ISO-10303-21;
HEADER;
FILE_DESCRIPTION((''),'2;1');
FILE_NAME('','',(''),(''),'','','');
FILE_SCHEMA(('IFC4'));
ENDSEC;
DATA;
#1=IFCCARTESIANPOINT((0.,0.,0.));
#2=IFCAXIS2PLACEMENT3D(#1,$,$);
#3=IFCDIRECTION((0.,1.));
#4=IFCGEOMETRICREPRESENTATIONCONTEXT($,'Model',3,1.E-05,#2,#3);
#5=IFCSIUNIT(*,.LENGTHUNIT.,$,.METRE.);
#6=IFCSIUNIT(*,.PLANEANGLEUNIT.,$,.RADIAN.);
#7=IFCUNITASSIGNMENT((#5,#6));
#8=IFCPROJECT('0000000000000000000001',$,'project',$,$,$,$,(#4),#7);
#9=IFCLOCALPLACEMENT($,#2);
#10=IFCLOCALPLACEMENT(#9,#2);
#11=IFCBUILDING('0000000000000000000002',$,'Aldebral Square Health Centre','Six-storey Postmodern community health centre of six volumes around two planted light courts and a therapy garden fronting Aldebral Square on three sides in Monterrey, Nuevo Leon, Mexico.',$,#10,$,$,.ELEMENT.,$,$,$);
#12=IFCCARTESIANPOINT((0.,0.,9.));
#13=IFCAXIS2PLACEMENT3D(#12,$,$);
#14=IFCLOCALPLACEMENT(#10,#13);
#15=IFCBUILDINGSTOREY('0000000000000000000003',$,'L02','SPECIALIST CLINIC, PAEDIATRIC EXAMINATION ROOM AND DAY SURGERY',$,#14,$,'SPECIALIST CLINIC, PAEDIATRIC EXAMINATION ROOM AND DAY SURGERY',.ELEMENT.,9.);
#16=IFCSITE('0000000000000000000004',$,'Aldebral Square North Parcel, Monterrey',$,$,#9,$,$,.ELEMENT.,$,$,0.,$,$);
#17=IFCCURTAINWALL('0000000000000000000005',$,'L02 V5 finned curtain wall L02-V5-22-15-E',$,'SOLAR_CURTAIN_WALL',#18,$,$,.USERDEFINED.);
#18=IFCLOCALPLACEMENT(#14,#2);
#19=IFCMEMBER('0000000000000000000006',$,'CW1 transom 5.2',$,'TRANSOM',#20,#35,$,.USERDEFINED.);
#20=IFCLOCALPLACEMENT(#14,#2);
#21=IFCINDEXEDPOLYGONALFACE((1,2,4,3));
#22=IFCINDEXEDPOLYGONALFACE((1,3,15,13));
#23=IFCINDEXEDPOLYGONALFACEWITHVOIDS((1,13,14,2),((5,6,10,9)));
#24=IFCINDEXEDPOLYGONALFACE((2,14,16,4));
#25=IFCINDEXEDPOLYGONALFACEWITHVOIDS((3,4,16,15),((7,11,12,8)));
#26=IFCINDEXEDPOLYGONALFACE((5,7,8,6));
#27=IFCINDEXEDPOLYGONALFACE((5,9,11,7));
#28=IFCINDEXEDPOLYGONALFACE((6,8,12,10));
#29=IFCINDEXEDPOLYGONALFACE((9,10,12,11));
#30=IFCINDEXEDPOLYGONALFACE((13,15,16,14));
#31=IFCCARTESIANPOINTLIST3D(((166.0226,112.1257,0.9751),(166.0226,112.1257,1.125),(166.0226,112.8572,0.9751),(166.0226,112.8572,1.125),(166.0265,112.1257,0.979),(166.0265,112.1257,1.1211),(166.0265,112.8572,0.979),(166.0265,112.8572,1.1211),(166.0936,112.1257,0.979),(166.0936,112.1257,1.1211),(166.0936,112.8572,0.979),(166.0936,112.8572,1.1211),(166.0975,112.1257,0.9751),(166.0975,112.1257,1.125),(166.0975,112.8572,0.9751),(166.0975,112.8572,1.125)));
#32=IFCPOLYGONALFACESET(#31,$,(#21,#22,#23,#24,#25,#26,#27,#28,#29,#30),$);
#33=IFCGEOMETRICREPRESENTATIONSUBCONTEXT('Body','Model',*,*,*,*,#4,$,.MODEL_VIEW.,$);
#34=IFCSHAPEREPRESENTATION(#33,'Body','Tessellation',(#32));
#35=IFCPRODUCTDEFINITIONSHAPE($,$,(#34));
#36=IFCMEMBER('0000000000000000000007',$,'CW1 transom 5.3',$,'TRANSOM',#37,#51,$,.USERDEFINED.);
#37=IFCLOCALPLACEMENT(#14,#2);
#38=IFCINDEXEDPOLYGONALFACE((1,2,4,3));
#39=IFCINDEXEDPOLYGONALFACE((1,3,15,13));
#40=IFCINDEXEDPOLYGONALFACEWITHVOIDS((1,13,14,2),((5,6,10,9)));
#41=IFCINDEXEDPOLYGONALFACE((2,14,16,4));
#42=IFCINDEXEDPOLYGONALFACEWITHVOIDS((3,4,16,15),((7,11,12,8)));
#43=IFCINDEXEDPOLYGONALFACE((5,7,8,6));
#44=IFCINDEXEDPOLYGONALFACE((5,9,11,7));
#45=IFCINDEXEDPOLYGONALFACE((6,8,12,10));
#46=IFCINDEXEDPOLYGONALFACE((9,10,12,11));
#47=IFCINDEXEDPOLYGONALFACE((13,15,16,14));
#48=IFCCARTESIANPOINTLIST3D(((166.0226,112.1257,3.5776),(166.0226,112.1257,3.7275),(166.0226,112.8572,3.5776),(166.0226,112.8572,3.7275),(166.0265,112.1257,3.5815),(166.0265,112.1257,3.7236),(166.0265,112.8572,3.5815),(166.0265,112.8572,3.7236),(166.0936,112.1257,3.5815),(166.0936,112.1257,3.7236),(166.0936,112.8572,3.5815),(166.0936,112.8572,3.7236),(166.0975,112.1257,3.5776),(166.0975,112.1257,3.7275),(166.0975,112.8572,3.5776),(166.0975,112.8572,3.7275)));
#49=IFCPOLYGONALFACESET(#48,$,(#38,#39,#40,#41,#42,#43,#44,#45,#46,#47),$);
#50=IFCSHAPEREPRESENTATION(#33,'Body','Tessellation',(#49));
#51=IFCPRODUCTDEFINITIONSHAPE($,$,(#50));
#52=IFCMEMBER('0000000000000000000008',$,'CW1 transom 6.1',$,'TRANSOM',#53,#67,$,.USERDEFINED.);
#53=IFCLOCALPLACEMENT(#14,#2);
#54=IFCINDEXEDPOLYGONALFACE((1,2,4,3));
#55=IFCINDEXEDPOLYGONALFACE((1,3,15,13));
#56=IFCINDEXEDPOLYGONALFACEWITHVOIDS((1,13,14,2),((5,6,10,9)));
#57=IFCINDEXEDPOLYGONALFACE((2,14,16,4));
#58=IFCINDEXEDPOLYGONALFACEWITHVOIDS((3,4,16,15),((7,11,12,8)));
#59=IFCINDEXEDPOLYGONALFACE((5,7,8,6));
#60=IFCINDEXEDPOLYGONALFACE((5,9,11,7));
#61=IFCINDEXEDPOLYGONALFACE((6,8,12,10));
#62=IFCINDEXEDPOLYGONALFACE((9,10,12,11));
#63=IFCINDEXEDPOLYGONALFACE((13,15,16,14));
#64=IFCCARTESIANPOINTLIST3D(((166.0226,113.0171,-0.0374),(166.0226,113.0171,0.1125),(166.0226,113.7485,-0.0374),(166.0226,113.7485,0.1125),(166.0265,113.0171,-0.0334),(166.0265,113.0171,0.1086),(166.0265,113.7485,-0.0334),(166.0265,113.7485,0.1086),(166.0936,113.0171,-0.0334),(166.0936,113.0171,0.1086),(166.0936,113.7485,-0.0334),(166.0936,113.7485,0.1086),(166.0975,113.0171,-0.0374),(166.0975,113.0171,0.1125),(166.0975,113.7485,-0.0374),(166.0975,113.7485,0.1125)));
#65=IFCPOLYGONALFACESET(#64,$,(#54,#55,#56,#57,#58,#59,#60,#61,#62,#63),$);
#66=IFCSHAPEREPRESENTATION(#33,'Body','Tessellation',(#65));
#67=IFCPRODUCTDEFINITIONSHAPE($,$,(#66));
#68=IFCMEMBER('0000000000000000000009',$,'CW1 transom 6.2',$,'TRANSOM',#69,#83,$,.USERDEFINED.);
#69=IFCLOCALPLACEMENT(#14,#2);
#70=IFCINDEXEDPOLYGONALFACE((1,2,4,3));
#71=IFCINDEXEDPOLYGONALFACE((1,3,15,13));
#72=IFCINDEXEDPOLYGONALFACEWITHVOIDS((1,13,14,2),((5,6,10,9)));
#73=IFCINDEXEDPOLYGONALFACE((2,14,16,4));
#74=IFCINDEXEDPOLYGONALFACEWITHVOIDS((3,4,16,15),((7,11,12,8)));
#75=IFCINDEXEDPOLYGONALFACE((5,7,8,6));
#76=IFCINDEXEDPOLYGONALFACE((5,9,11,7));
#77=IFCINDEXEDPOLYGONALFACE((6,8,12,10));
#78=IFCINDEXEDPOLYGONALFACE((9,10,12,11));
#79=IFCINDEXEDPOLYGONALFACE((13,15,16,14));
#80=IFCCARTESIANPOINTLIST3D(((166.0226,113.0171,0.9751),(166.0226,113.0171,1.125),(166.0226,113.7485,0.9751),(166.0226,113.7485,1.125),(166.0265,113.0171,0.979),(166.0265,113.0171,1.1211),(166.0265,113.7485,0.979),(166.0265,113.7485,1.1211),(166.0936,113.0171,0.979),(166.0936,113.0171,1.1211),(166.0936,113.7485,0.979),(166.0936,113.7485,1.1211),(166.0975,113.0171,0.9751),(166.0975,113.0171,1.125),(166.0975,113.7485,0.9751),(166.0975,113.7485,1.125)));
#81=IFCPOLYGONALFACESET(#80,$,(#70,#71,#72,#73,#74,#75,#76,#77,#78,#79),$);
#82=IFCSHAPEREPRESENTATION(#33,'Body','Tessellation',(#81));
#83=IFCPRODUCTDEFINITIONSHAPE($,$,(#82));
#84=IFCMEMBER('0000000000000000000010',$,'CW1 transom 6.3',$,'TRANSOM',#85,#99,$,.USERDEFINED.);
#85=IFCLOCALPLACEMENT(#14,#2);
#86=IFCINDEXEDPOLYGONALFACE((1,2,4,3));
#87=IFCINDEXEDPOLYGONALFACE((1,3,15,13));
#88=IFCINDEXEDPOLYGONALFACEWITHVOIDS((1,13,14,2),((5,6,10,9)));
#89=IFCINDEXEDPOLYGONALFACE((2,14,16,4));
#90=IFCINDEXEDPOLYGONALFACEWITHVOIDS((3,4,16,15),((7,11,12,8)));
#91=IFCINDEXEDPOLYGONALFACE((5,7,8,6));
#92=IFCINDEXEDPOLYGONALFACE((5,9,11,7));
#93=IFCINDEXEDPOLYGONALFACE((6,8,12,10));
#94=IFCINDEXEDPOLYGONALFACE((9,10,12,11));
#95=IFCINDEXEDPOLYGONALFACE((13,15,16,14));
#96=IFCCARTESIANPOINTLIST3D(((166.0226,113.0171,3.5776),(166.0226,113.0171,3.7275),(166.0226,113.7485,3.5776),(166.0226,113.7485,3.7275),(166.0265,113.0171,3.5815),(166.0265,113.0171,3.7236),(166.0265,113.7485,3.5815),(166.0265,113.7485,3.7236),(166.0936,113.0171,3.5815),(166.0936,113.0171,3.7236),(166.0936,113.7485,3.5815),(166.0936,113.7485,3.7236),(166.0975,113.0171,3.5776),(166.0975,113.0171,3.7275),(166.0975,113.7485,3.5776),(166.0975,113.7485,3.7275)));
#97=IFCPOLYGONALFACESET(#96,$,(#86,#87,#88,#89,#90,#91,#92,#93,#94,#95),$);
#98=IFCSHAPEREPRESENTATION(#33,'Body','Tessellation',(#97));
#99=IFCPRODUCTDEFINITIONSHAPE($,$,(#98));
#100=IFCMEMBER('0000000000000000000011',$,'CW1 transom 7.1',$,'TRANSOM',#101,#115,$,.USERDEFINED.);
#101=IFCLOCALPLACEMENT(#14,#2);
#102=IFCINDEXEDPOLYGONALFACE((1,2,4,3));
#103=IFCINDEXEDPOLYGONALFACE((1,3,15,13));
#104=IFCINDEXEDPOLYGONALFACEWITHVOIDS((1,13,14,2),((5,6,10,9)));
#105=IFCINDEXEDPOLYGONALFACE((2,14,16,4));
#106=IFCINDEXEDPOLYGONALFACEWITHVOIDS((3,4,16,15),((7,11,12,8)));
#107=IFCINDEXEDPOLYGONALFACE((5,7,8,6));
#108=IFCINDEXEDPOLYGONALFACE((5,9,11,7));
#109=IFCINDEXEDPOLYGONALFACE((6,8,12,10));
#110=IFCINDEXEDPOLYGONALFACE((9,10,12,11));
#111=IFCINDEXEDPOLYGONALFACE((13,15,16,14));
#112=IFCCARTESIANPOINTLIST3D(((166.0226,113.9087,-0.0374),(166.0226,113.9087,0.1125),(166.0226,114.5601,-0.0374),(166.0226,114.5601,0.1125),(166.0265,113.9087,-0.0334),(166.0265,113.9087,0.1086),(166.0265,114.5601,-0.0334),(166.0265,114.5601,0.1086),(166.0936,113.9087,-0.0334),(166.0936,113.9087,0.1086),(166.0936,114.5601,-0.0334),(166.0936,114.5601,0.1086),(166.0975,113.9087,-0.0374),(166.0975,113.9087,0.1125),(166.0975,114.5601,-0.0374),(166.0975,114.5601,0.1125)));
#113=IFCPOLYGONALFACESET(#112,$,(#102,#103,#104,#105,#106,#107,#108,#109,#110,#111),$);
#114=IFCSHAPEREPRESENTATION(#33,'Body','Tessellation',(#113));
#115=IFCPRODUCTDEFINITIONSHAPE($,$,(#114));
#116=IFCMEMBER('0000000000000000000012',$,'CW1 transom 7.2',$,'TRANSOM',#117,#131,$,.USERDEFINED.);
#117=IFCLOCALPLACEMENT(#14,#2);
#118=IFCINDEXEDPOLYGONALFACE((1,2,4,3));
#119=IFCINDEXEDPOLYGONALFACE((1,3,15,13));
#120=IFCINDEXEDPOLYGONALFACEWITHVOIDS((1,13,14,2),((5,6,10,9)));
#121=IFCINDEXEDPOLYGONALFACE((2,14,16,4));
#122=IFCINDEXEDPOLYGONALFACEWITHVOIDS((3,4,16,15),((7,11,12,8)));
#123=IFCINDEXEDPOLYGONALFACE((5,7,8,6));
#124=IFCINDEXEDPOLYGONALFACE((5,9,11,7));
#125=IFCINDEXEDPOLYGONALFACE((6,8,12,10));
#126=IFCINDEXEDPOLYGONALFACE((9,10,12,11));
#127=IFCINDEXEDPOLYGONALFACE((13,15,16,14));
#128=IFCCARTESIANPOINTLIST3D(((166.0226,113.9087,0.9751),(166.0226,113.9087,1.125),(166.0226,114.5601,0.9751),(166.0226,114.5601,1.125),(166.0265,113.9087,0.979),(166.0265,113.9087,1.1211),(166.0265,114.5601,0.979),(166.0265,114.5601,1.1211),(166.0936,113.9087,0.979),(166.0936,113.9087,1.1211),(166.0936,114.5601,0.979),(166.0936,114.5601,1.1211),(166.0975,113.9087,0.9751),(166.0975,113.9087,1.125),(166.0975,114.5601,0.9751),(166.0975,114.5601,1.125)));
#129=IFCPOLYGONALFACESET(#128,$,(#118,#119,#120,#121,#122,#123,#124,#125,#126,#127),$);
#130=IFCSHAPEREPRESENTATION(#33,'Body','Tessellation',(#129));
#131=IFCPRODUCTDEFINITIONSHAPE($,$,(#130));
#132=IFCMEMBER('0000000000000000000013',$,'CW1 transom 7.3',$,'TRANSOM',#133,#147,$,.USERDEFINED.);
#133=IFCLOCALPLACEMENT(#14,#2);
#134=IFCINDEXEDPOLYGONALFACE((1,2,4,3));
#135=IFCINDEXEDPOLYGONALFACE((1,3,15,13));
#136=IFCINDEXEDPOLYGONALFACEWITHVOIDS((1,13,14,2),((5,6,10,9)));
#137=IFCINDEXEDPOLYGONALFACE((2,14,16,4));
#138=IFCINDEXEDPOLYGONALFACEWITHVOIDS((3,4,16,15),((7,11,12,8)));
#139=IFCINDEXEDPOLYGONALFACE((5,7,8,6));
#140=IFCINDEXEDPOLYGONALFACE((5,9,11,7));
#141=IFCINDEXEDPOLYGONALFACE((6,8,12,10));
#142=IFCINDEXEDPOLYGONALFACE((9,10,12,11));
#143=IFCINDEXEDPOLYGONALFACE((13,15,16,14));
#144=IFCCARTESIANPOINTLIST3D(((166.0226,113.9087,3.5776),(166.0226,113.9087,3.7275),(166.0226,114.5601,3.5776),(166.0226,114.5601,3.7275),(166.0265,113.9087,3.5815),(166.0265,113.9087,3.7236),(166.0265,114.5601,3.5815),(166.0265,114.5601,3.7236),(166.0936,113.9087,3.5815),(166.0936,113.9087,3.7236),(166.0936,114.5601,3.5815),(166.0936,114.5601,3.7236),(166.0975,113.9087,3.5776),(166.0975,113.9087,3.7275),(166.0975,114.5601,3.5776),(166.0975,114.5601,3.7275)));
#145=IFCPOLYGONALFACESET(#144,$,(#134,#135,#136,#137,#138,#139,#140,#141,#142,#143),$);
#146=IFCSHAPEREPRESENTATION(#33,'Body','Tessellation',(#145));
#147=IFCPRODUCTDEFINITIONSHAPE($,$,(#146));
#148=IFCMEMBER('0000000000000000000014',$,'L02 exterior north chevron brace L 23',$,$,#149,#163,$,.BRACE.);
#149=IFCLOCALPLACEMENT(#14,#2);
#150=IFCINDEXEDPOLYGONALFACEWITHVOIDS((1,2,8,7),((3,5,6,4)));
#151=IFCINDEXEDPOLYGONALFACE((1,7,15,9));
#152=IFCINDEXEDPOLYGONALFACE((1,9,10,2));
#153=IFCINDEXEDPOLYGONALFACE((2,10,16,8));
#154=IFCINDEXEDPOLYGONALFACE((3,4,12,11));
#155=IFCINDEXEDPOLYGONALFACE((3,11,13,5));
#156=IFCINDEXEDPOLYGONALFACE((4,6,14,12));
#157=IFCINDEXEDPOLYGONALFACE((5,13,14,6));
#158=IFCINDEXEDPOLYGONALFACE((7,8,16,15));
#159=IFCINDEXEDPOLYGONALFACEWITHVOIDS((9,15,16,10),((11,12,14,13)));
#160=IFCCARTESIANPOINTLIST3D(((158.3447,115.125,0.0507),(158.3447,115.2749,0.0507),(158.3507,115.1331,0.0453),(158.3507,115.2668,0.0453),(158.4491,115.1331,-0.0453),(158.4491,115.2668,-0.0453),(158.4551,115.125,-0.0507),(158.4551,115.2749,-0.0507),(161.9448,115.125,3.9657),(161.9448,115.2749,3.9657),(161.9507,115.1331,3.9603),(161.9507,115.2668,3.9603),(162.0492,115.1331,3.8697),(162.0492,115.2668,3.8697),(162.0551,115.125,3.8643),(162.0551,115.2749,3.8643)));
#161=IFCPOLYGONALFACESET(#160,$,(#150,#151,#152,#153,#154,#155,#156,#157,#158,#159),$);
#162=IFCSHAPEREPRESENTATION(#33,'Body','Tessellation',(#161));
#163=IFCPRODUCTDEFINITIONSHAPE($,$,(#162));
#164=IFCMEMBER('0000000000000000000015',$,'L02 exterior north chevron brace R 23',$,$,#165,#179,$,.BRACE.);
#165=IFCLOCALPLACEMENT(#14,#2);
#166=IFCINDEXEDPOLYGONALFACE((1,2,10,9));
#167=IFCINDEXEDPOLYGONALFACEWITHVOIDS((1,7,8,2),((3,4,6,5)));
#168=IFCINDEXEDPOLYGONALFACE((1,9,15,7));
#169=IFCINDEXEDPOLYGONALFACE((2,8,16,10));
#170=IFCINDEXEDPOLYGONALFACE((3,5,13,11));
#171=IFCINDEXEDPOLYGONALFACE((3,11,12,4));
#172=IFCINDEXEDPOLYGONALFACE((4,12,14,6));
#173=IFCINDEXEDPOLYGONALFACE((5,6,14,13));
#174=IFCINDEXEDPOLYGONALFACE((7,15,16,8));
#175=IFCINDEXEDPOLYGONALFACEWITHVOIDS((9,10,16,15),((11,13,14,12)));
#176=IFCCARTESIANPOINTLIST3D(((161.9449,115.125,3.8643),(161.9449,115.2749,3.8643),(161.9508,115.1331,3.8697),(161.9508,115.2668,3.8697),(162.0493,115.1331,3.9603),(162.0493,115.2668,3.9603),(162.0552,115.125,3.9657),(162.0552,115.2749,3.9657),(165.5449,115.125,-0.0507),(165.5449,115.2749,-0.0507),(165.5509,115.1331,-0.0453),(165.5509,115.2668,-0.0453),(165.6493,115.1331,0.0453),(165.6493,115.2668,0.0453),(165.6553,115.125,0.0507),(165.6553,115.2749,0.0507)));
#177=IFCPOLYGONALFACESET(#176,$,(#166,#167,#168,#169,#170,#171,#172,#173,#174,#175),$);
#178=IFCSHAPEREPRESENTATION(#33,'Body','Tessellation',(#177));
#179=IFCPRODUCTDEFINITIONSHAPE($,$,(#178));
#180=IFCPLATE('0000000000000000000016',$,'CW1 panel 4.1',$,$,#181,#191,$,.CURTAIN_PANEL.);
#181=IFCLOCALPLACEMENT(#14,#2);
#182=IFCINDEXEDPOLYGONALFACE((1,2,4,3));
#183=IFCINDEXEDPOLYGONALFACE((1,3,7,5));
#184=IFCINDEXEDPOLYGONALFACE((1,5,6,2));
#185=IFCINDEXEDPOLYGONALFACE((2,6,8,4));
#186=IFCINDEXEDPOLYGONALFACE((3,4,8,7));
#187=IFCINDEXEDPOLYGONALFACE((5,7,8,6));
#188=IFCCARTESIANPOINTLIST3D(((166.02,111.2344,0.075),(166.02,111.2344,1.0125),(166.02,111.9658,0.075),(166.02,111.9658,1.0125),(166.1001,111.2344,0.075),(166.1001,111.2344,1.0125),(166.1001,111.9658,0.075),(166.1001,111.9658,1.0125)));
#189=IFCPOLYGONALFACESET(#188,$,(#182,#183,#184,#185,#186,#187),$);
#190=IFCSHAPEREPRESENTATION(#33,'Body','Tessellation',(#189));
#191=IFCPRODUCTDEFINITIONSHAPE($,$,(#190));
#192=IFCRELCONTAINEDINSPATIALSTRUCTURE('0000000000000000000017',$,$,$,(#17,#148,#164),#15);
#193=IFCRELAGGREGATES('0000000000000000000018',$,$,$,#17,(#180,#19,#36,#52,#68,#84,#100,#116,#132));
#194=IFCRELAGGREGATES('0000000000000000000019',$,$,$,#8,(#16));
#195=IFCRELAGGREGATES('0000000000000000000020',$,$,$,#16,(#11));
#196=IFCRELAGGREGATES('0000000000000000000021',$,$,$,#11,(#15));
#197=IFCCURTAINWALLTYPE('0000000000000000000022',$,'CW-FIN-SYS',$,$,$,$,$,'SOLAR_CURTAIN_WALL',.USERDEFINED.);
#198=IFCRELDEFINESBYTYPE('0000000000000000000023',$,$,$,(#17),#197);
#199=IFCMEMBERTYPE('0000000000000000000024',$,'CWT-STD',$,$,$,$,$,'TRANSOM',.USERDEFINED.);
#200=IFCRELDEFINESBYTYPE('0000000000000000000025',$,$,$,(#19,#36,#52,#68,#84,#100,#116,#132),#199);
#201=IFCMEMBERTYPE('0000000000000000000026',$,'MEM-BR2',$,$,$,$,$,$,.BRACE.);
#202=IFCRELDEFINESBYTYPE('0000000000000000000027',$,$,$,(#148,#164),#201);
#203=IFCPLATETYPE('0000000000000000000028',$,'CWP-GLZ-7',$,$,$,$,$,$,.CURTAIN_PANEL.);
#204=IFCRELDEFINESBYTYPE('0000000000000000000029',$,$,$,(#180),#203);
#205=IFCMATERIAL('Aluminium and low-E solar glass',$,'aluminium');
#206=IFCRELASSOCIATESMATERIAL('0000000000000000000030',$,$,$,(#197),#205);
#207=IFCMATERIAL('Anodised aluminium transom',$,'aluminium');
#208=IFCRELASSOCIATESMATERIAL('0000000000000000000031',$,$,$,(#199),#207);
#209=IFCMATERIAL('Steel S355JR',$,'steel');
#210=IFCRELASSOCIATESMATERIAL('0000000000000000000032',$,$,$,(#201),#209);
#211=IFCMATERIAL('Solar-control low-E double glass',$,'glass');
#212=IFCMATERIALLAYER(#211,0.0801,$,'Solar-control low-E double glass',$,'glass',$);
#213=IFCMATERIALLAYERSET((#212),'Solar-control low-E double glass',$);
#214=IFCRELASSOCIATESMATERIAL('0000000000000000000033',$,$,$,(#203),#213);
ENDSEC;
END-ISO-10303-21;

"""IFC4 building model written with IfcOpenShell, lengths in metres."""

from ifc_helpers import new_model, si_unit, direction, frame, origin, origin_2d, place, context, subcontext, project, spatial, rectangle, hollow_rectangle, extrude, material, layer, layer_set, material_profile, profile_set, type_object, element, aggregate, save


model = new_model("IFC4")

# Units and contexts
model_context = context("Model", 3, precision=1e-05, world=origin(), true_north=direction((0.0, 1.0)))
body_context = subcontext(model_context, "Body", "Model", "MODEL_VIEW")
ifc_project = project(units=[si_unit("LENGTHUNIT", "METRE"), si_unit("PLANEANGLEUNIT", "RADIAN")], contexts=[model_context])

# Site, building, storey
site_placement = place(None, origin())
site = spatial("IfcSite", under=ifc_project, at=site_placement, Name="Aldebral Square North Parcel, Monterrey", CompositionType="ELEMENT", RefElevation=0.0)
building_placement = place(site_placement, origin())
building = spatial("IfcBuilding", under=site, at=building_placement, Name="Aldebral Square Health Centre", Description="Six-storey Postmodern community health centre of six volumes around two planted light courts and a therapy garden fronting Aldebral Square on three sides in Monterrey, Nuevo Leon, Mexico.", CompositionType="ELEMENT")
storey_placement = place(building_placement, frame((0.0, 0.0, 9.0)))
storey = spatial("IfcBuildingStorey", under=building, at=storey_placement, Name="L02", Description="SPECIALIST CLINIC, PAEDIATRIC EXAMINATION ROOM AND DAY SURGERY", LongName="SPECIALIST CLINIC, PAEDIATRIC EXAMINATION ROOM AND DAY SURGERY", CompositionType="ELEMENT", Elevation=9.0)

# Curtain wall, members
ifc_material_1 = material(Name="Aluminium and low-E solar glass", Category="aluminium")
curtain_wall_type = type_object("IfcCurtainWallType", Name="CW-FIN-SYS", ElementType="SOLAR_CURTAIN_WALL", PredefinedType="USERDEFINED", material=ifc_material_1)
curtain_wall_placement = place(storey_placement, origin())
curtain_wall = element("IfcCurtainWall", 1, at=curtain_wall_placement, inside=storey, type_object=curtain_wall_type, Name="L02 V5 finned curtain wall L02-V5-22-15-E", ObjectType="SOLAR_CURTAIN_WALL", PredefinedType="USERDEFINED")
ifc_material_2 = material(Name="Anodised aluminium transom", Category="aluminium")
ifc_material_profile_1 = material_profile(ifc_material_2, hollow_rectangle(XDim=0.075, YDim=0.1499, WallThickness=0.0039, at=origin_2d()), Name="CWT 75x150x4")
ifc_profile_set_1 = profile_set([ifc_material_profile_1], Name="Anodised aluminium transom")
member_type_1 = type_object("IfcMemberType", Name="CWT-STD", ElementType="TRANSOM", PredefinedType="USERDEFINED", material=ifc_profile_set_1)
member_1_placement = place(storey_placement, frame((166.0601, 112.1257, 1.05), z_axis=(0.0, 1.0, 0.0), x_axis=(-1.0, 0.0, 0.0)))
member_1 = element("IfcMember", 2, at=member_1_placement, type_object=member_type_1, Name="CW1 transom 5.2", ObjectType="TRANSOM", PredefinedType="USERDEFINED", context=body_context, shape_type="SweptSolid", body=[
    extrude(hollow_rectangle(XDim=0.075, YDim=0.1499, WallThickness=0.0039, at=origin_2d()), origin(), (0.0, 0.0, 1.0), 0.7314),
])
member_2_placement = place(storey_placement, frame((166.0601, 112.1257, 3.6526), z_axis=(0.0, 1.0, 0.0), x_axis=(-1.0, 0.0, 0.0)))
member_2 = element("IfcMember", 3, at=member_2_placement, type_object=member_type_1, Name="CW1 transom 5.3", ObjectType="TRANSOM", PredefinedType="USERDEFINED", context=body_context, shape_type="SweptSolid", body=[
    extrude(hollow_rectangle(XDim=0.075, YDim=0.1499, WallThickness=0.0039, at=origin_2d()), origin(), (0.0, 0.0, 1.0), 0.7314),
])
member_3_placement = place(storey_placement, frame((166.0601, 113.0171, 0.0376), z_axis=(0.0, 1.0, 0.0), x_axis=(-1.0, 0.0, 0.0)))
member_3 = element("IfcMember", 4, at=member_3_placement, type_object=member_type_1, Name="CW1 transom 6.1", ObjectType="TRANSOM", PredefinedType="USERDEFINED", context=body_context, shape_type="SweptSolid", body=[
    extrude(hollow_rectangle(XDim=0.075, YDim=0.1499, WallThickness=0.0039, at=origin_2d()), origin(), (0.0, 0.0, 1.0), 0.7314),
])
member_4_placement = place(storey_placement, frame((166.0601, 113.0171, 1.05), z_axis=(0.0, 1.0, 0.0), x_axis=(-1.0, 0.0, 0.0)))
member_4 = element("IfcMember", 5, at=member_4_placement, type_object=member_type_1, Name="CW1 transom 6.2", ObjectType="TRANSOM", PredefinedType="USERDEFINED", context=body_context, shape_type="SweptSolid", body=[
    extrude(hollow_rectangle(XDim=0.075, YDim=0.1499, WallThickness=0.0039, at=origin_2d()), origin(), (0.0, 0.0, 1.0), 0.7314),
])
member_5_placement = place(storey_placement, frame((166.0601, 113.0171, 3.6526), z_axis=(0.0, 1.0, 0.0), x_axis=(-1.0, 0.0, 0.0)))
member_5 = element("IfcMember", 6, at=member_5_placement, type_object=member_type_1, Name="CW1 transom 6.3", ObjectType="TRANSOM", PredefinedType="USERDEFINED", context=body_context, shape_type="SweptSolid", body=[
    extrude(hollow_rectangle(XDim=0.075, YDim=0.1499, WallThickness=0.0039, at=origin_2d()), origin(), (0.0, 0.0, 1.0), 0.7314),
])
member_6_placement = place(storey_placement, frame((166.0601, 113.9087, 0.0376), z_axis=(0.0, 1.0, 0.0), x_axis=(-1.0, 0.0, 0.0)))
member_6 = element("IfcMember", 7, at=member_6_placement, type_object=member_type_1, Name="CW1 transom 7.1", ObjectType="TRANSOM", PredefinedType="USERDEFINED", context=body_context, shape_type="SweptSolid", body=[
    extrude(hollow_rectangle(XDim=0.075, YDim=0.1499, WallThickness=0.0039, at=origin_2d()), origin(), (0.0, 0.0, 1.0), 0.6514),
])
member_7_placement = place(storey_placement, frame((166.0601, 113.9087, 1.05), z_axis=(0.0, 1.0, 0.0), x_axis=(-1.0, 0.0, 0.0)))
member_7 = element("IfcMember", 8, at=member_7_placement, type_object=member_type_1, Name="CW1 transom 7.2", ObjectType="TRANSOM", PredefinedType="USERDEFINED", context=body_context, shape_type="SweptSolid", body=[
    extrude(hollow_rectangle(XDim=0.075, YDim=0.1499, WallThickness=0.0039, at=origin_2d()), origin(), (0.0, 0.0, 1.0), 0.6514),
])
member_8_placement = place(storey_placement, frame((166.0601, 113.9087, 3.6526), z_axis=(0.0, 1.0, 0.0), x_axis=(-1.0, 0.0, 0.0)))
member_8 = element("IfcMember", 9, at=member_8_placement, type_object=member_type_1, Name="CW1 transom 7.3", ObjectType="TRANSOM", PredefinedType="USERDEFINED", context=body_context, shape_type="SweptSolid", body=[
    extrude(hollow_rectangle(XDim=0.075, YDim=0.1499, WallThickness=0.0039, at=origin_2d()), origin(), (0.0, 0.0, 1.0), 0.6514),
])

# Members
ifc_material_3 = material(Name="Steel S355JR", Category="steel")
ifc_material_profile_2 = material_profile(ifc_material_3, hollow_rectangle(XDim=0.1499, YDim=0.1499, WallThickness=0.0081, at=origin_2d()), Name="150x150x8 SHS")
ifc_profile_set_2 = profile_set([ifc_material_profile_2], Name="Steel S355JR")
member_type_2 = type_object("IfcMemberType", Name="MEM-BR2", PredefinedType="BRACE", material=ifc_profile_set_2)
for number, where, z_axis, x_axis, name in (
    (10, (158.3999, 115.2, 0.0), (0.67688, 0.0, 0.736094), (0.0, 1.0, 0.0), "L02 exterior north chevron brace L 23"),
    (11, (165.6001, 115.2, 0.0), (-0.67688, 0.0, 0.736094), (0.0, -1.0, 0.0), "L02 exterior north chevron brace R 23"),
):
    element("IfcMember", number, at=place(storey_placement, frame(where, z_axis=z_axis, x_axis=x_axis)), inside=storey, type_object=member_type_2, Name=name, PredefinedType="BRACE", context=body_context, shape_type="SweptSolid", body=[
        extrude(hollow_rectangle(XDim=0.1499, YDim=0.1499, WallThickness=0.0081, at=origin_2d()), origin(), (0.0, 0.0, 1.0), 5.3186),
    ])

# Plate
ifc_material_4 = material(Name="Solar-control low-E double glass", Category="glass")
ifc_layer_1 = layer(ifc_material_4, 0.0801, Name="Solar-control low-E double glass", Category="glass")
ifc_layer_set_1 = layer_set([ifc_layer_1], Name="Solar-control low-E double glass")
plate_type_1 = type_object("IfcPlateType", Name="CWP-GLZ-7", PredefinedType="CURTAIN_PANEL", material=ifc_layer_set_1)
plate_1_placement = place(storey_placement, frame((166.0601, 111.6001, 0.075), z_axis=(0.0, 0.0, 1.0), x_axis=(0.0, 1.0, 0.0)))
plate_1 = element("IfcPlate", 12, at=plate_1_placement, type_object=plate_type_1, Name="CW1 panel 4.1", PredefinedType="CURTAIN_PANEL", context=body_context, shape_type="SweptSolid", body=[
    extrude(rectangle(XDim=0.7314, YDim=0.0801, at=origin_2d()), origin(), (0.0, 0.0, 1.0), 0.9375),
])
aggregate(curtain_wall, [plate_1, member_1, member_2, member_3, member_4, member_5, member_6, member_7, member_8])

save(model, "model.ifc")
